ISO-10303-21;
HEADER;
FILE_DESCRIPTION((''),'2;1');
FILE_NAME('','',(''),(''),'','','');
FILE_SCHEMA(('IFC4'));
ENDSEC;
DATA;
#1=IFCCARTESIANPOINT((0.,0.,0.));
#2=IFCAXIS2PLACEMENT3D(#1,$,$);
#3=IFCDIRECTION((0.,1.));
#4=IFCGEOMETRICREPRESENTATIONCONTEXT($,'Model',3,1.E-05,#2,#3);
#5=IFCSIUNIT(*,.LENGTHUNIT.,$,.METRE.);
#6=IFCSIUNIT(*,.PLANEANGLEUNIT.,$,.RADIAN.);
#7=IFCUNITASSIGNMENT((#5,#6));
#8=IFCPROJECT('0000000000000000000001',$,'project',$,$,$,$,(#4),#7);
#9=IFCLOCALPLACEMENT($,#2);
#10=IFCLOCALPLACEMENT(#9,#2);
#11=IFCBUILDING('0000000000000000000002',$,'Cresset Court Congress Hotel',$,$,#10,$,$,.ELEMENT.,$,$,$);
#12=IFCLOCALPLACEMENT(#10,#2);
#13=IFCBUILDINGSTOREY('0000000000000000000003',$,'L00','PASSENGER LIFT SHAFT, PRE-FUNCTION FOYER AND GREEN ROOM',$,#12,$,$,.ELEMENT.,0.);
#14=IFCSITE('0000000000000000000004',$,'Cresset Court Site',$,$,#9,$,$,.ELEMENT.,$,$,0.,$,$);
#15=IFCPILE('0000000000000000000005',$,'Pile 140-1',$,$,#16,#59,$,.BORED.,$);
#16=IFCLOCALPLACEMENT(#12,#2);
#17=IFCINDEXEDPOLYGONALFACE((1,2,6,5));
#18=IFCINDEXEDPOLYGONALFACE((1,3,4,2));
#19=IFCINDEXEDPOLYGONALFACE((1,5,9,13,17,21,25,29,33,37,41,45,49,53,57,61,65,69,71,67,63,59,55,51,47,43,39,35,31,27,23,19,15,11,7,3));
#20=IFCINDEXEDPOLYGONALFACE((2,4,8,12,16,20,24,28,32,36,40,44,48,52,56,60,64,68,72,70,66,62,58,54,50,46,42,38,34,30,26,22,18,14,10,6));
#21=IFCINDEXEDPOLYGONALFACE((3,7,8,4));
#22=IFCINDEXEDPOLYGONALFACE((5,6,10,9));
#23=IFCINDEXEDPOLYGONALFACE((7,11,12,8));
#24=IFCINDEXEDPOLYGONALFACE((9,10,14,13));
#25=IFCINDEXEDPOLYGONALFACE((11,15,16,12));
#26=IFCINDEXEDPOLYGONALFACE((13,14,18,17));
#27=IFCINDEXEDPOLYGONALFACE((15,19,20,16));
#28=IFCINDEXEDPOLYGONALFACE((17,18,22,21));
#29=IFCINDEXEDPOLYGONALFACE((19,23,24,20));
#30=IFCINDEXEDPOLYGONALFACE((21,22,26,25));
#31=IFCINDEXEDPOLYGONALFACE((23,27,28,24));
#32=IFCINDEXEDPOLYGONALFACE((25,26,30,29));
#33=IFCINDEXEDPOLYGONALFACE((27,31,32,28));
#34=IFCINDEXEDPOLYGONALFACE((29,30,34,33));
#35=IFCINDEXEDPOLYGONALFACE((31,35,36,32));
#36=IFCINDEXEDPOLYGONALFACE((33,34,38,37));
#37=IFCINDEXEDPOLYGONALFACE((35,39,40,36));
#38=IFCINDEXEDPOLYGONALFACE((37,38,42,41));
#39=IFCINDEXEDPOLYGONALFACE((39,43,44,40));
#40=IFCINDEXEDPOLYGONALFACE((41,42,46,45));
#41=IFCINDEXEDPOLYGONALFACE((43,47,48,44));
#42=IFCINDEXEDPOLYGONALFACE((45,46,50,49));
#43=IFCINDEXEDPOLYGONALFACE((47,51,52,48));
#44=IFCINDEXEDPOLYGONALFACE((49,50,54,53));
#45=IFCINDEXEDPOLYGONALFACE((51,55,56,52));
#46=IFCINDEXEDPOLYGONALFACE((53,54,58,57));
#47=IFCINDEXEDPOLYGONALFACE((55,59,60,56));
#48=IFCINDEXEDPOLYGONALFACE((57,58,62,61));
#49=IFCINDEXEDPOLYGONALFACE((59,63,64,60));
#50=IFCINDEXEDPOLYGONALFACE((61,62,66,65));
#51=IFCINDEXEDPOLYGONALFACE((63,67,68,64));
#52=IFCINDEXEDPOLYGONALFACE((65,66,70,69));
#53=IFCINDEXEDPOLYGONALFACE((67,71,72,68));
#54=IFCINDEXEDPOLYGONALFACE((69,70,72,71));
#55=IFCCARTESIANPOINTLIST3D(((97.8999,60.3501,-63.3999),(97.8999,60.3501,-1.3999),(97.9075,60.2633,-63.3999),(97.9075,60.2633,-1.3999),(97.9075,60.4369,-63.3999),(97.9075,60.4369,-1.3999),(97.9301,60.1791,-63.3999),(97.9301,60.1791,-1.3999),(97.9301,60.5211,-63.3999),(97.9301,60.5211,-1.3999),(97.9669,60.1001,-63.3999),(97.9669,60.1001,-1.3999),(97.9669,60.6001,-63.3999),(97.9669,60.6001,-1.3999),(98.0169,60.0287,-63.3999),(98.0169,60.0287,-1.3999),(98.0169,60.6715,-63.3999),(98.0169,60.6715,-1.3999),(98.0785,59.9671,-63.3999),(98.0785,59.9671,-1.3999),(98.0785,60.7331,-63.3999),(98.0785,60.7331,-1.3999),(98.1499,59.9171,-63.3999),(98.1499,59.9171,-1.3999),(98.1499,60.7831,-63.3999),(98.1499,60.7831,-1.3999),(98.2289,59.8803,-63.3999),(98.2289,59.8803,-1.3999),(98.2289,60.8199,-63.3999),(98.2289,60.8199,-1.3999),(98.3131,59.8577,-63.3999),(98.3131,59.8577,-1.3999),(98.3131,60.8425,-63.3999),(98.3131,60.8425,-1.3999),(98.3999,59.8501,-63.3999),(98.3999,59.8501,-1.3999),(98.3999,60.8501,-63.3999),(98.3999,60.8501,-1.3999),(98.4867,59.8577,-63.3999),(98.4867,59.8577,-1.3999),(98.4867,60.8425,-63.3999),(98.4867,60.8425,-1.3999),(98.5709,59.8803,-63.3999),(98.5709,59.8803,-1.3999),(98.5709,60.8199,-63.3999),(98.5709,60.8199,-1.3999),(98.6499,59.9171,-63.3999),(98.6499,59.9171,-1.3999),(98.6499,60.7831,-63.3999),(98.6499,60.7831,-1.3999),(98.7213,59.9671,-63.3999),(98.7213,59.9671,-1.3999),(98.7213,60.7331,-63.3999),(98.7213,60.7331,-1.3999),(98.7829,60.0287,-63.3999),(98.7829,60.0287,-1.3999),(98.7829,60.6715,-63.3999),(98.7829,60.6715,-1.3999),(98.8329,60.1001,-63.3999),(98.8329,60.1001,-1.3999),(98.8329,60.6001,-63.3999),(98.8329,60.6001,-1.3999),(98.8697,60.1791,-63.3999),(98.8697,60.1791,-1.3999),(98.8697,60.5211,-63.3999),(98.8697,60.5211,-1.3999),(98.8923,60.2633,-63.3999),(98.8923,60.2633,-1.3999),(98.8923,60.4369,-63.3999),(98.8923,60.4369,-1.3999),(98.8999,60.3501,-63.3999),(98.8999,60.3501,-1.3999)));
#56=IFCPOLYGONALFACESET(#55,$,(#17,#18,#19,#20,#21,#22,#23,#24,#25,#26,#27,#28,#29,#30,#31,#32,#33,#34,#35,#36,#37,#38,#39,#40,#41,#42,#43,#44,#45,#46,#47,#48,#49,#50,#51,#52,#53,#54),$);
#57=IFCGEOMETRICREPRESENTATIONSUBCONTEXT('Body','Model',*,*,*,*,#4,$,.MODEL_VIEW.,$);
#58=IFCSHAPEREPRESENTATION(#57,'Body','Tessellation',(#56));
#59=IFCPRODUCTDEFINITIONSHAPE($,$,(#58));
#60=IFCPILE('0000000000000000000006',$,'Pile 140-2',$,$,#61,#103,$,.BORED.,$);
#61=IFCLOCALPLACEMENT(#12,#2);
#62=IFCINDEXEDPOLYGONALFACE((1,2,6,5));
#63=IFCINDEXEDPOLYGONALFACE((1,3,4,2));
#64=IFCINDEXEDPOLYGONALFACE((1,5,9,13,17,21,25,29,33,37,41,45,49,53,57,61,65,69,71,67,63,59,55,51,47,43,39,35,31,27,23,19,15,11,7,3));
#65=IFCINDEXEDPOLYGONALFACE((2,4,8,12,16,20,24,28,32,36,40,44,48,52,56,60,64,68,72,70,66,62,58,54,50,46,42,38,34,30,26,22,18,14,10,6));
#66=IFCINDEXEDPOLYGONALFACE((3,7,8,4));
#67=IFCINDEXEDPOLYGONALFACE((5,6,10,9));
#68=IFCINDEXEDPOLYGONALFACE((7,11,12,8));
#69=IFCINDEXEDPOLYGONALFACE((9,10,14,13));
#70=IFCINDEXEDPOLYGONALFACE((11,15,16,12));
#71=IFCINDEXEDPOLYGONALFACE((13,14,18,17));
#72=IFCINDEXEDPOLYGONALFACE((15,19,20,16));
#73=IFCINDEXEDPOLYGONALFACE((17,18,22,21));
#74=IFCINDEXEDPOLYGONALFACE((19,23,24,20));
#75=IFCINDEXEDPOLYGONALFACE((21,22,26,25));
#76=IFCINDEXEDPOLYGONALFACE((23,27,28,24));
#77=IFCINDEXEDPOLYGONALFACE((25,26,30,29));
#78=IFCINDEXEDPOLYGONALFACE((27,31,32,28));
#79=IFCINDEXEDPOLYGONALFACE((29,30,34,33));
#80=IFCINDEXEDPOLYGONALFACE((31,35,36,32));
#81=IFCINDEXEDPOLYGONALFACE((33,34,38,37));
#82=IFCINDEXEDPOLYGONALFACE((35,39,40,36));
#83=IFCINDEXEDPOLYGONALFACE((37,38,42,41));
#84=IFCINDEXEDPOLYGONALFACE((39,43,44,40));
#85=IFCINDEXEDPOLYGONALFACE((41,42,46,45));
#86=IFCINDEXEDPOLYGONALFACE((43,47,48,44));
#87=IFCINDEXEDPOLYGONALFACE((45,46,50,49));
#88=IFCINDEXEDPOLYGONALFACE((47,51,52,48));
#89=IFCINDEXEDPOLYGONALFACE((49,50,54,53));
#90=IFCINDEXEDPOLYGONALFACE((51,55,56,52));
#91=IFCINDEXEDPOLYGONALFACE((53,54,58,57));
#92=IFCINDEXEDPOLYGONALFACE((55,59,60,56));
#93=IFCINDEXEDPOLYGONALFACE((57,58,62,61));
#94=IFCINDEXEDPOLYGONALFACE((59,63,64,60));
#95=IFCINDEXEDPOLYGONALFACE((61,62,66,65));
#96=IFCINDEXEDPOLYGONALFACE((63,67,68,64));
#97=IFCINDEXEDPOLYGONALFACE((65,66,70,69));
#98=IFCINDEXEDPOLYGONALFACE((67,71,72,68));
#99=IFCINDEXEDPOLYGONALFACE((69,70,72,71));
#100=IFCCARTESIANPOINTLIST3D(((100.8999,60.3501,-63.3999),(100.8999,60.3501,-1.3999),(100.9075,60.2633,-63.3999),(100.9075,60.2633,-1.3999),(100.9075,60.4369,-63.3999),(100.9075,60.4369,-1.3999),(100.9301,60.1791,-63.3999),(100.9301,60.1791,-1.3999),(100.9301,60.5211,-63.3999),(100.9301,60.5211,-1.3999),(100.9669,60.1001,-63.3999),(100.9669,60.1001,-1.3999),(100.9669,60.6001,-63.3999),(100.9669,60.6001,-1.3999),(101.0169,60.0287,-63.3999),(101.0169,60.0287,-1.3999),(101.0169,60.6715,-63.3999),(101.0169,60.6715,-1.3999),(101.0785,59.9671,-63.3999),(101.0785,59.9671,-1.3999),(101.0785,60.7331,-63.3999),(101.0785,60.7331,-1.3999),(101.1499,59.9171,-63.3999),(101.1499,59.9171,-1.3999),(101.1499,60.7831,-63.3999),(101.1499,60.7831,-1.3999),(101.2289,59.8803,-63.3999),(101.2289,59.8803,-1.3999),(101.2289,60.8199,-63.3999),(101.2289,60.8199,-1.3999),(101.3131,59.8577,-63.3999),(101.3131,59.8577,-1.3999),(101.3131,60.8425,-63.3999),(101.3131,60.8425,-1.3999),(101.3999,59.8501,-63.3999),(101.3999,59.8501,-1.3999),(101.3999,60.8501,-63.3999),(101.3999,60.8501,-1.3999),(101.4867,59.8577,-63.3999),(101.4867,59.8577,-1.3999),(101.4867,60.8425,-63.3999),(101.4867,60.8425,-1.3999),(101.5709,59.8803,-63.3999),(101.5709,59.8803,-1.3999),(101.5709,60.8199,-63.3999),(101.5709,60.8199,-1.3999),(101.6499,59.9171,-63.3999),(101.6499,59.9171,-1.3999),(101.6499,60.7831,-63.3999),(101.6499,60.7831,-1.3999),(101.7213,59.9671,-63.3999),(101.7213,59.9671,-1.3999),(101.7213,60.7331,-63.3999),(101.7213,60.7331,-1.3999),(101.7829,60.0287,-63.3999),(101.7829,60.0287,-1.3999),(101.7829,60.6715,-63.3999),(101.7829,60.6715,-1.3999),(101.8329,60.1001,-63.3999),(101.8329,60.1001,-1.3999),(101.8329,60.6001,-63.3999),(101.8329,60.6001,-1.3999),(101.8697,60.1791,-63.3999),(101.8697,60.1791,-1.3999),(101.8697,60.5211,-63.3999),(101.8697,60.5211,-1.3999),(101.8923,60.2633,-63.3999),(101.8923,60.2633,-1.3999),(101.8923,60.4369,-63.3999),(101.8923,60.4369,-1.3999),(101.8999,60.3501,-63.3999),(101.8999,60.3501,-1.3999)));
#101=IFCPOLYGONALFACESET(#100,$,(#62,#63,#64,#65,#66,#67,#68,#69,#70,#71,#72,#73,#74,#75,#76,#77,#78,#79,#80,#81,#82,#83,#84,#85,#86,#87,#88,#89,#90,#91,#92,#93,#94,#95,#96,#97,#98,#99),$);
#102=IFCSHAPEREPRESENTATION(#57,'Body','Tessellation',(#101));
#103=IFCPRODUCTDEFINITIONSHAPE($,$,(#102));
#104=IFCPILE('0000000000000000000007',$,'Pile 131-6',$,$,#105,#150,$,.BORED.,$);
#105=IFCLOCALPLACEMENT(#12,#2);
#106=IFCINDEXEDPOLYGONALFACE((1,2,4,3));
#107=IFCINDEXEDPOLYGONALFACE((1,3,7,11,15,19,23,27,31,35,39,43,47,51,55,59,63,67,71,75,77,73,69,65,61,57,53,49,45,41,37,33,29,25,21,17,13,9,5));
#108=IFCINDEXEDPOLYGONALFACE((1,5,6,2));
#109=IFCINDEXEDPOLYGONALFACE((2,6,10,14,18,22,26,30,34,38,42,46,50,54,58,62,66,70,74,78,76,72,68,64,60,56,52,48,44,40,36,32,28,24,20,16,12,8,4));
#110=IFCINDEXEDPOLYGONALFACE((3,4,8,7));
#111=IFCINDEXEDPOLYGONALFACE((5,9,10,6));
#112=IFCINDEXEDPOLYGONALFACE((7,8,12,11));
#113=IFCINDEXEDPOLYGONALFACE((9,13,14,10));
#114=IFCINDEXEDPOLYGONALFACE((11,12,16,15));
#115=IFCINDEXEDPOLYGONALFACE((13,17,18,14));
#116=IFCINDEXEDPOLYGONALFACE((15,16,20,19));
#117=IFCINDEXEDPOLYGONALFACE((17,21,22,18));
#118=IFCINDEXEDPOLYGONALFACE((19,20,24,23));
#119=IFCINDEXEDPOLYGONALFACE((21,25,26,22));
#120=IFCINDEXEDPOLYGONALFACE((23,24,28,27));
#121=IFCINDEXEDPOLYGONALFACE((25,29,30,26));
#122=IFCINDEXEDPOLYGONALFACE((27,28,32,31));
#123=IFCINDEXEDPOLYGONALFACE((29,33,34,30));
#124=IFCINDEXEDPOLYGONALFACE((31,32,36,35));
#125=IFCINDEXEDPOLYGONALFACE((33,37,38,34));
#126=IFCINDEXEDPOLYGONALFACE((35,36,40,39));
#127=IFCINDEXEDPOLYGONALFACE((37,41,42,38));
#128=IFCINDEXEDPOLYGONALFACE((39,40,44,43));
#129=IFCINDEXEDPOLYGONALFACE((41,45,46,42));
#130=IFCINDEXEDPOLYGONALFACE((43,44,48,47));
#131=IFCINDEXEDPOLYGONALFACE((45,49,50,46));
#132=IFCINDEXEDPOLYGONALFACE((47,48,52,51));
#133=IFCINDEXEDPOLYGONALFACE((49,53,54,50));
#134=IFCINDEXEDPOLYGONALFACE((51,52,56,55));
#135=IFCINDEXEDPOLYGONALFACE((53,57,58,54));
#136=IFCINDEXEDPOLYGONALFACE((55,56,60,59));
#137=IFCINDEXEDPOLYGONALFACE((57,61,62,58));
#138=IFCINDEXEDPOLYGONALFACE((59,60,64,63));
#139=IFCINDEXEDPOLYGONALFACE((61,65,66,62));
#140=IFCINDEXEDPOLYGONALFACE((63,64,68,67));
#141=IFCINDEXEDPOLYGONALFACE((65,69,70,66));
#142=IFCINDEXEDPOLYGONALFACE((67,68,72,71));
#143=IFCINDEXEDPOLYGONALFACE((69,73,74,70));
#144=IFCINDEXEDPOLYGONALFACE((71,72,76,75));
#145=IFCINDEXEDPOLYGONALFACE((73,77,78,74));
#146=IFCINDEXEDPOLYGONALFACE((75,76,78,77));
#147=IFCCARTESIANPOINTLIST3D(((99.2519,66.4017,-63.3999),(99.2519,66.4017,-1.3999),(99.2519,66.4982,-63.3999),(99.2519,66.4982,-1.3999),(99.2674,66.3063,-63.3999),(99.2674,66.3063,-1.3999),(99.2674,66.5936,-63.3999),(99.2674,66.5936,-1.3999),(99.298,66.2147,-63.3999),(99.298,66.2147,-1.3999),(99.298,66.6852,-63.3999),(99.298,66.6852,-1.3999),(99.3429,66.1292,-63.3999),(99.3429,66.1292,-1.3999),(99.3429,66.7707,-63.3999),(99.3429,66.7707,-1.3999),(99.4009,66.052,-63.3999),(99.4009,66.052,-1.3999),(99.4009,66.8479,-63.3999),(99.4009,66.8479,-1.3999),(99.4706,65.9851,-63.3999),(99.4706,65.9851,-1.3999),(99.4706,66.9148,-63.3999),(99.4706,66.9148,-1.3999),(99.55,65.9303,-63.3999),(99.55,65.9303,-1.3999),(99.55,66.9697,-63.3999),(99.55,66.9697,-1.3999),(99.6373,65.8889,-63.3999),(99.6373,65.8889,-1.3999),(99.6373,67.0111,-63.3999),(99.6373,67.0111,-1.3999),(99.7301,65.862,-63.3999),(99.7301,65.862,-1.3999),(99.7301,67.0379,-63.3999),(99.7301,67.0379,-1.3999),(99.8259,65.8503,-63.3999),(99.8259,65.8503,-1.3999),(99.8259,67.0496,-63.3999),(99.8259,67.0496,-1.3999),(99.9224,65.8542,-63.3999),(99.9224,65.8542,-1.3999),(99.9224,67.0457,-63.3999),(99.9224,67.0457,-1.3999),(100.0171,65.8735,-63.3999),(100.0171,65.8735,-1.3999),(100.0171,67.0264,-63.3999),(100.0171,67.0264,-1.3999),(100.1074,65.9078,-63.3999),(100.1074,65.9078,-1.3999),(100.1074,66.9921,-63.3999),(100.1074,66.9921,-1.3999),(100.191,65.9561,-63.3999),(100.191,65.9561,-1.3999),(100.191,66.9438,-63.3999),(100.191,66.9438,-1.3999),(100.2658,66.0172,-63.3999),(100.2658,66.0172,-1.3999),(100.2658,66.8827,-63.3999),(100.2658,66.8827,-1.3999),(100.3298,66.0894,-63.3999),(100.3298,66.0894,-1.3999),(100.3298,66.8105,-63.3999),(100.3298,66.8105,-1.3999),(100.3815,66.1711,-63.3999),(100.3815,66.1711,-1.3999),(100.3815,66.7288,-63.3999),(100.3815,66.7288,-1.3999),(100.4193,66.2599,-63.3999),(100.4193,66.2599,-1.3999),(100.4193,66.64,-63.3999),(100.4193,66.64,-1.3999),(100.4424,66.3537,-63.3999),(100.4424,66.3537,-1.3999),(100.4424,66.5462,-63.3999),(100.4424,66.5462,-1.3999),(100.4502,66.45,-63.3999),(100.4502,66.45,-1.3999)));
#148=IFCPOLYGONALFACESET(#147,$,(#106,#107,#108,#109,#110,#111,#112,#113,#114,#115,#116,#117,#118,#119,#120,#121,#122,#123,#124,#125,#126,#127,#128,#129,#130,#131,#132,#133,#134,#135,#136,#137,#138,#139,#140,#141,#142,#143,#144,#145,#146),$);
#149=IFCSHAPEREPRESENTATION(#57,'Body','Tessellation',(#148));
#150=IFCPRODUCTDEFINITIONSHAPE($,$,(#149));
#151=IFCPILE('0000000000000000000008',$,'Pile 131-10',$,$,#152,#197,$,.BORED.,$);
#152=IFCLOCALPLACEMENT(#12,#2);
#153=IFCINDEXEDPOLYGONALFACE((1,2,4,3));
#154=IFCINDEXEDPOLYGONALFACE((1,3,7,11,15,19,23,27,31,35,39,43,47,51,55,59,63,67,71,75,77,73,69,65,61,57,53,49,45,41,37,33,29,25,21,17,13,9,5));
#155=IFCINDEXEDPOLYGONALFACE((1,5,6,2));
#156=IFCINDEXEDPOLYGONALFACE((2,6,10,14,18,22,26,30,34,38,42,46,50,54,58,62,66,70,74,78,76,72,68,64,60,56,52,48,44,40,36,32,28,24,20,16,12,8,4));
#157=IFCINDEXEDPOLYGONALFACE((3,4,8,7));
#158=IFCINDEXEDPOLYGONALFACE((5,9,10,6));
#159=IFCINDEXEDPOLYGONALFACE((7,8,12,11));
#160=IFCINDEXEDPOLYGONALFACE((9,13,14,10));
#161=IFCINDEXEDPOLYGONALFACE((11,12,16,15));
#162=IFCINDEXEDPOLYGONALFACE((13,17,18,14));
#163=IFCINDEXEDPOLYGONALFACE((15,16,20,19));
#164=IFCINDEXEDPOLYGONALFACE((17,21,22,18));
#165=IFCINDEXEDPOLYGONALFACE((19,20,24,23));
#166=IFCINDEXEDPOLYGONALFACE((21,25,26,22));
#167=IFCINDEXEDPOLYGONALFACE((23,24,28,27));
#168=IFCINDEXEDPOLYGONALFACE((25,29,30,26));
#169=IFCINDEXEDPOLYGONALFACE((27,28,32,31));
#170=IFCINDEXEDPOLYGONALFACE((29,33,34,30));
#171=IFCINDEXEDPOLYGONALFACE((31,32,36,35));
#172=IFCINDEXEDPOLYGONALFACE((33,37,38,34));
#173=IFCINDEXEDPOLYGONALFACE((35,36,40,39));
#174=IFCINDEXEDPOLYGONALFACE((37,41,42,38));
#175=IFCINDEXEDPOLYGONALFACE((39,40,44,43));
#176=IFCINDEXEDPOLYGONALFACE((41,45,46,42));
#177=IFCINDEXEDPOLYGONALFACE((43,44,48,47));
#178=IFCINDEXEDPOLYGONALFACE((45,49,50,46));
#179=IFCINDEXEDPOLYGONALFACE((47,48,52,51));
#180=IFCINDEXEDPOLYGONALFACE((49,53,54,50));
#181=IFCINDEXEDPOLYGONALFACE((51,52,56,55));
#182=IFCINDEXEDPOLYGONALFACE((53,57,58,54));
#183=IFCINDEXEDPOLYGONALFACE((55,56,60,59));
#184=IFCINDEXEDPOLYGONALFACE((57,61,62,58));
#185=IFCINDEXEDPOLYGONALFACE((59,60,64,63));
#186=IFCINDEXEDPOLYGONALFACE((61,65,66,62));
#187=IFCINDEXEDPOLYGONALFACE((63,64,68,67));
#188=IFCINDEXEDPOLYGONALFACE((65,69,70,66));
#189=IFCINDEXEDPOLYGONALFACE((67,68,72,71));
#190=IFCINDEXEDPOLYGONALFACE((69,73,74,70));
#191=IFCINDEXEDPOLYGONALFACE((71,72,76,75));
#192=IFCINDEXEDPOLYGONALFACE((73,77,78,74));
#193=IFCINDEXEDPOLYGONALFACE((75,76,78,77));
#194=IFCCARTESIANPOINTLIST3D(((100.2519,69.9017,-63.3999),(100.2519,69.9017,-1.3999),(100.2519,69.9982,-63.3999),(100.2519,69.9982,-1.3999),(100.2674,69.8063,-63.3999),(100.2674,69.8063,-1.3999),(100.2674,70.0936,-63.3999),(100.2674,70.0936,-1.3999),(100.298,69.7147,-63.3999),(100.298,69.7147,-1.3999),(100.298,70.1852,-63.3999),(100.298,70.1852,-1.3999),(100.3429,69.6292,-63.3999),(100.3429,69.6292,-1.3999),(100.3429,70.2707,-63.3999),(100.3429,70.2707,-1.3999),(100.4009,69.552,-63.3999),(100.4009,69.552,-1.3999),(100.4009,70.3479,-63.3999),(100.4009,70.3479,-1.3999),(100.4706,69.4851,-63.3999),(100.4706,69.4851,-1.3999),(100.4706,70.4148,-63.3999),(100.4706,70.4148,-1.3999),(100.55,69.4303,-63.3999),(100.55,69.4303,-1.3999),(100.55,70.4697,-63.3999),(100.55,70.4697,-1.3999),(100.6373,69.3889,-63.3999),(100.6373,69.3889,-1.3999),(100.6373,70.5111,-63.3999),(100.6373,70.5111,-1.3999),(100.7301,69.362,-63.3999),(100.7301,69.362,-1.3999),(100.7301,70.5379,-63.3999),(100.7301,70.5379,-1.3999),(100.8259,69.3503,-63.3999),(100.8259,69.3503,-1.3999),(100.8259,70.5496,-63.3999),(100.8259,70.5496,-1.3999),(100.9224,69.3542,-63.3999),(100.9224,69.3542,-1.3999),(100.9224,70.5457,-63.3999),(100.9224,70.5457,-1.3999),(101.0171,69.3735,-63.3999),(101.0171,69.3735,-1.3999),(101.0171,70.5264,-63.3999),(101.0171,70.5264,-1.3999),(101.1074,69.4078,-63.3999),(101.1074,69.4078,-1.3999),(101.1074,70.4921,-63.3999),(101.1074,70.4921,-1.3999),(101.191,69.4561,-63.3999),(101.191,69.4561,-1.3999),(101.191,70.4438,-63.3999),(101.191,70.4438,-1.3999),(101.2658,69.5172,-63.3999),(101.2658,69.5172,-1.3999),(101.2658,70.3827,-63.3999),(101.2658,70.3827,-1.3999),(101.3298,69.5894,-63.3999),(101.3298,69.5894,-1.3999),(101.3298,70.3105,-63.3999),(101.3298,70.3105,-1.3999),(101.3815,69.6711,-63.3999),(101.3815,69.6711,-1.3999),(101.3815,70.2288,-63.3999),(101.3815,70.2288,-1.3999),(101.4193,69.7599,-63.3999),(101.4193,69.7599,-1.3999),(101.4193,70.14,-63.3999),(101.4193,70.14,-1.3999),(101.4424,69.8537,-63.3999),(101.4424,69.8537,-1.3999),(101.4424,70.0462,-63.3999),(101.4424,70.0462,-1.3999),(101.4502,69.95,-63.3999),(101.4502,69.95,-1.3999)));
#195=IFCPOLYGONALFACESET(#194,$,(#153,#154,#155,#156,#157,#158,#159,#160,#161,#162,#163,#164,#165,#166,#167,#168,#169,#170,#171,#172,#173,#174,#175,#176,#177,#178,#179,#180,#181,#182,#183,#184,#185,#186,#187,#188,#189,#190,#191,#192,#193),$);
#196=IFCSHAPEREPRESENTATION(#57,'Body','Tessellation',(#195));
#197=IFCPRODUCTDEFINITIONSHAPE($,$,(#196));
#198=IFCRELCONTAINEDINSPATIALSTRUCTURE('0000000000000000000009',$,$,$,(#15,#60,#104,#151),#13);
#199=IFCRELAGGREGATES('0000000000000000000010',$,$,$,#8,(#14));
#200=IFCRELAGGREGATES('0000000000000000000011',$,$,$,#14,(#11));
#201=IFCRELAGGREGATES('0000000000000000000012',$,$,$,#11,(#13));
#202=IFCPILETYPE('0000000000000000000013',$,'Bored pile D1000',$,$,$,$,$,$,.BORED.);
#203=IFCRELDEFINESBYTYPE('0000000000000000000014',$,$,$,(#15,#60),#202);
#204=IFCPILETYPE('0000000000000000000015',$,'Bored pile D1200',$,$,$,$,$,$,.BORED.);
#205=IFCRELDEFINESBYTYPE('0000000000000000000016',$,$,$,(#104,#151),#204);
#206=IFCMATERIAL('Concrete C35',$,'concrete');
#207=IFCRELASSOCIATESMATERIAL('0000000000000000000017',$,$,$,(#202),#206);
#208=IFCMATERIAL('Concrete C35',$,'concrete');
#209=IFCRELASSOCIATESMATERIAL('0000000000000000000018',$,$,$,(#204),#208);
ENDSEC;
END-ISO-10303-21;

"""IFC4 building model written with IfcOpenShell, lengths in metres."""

from ifc_helpers import new_model, si_unit, direction, frame, origin, origin_2d, place, context, subcontext, project, spatial, circle, extrude, material, type_object, element, save


model = new_model("IFC4")

# Units and contexts
model_context = context("Model", 3, precision=1e-05, world=origin(), true_north=direction((0.0, 1.0)))
body_context = subcontext(model_context, "Body", "Model", "MODEL_VIEW")
ifc_project = project(units=[si_unit("LENGTHUNIT", "METRE"), si_unit("PLANEANGLEUNIT", "RADIAN")], contexts=[model_context])

# Site, building, storey
site_placement = place(None, origin())
site = spatial("IfcSite", under=ifc_project, at=site_placement, Name="Cresset Court Site", CompositionType="ELEMENT", RefElevation=0.0)
building_placement = place(site_placement, origin())
building = spatial("IfcBuilding", under=site, at=building_placement, Name="Cresset Court Congress Hotel", CompositionType="ELEMENT")
storey_placement = place(building_placement, origin())
storey = spatial("IfcBuildingStorey", under=building, at=storey_placement, Name="L00", Description="PASSENGER LIFT SHAFT, PRE-FUNCTION FOYER AND GREEN ROOM", CompositionType="ELEMENT", Elevation=0.0)

# Piles
ifc_material_1 = material(Name="Concrete C35", Category="concrete")
pile_type_1 = type_object("IfcPileType", Name="Bored pile D1000", PredefinedType="BORED", material=ifc_material_1)
for number, where, z_axis, x_axis, name in (
    (1, (98.3999, 60.3501, -1.3999), (0.0, 0.0, -1.0), (1.0, 0.0, 0.0), "Pile 140-1"),
    (2, (101.3999, 60.3501, -1.3999), (0.0, 0.0, -1.0), (1.0, 0.0, 0.0), "Pile 140-2"),
):
    element("IfcPile", number, at=place(storey_placement, frame(where, z_axis=z_axis, x_axis=x_axis)), inside=storey, type_object=pile_type_1, Name=name, PredefinedType="BORED", context=body_context, shape_type="SweptSolid", body=[
        extrude(circle(Radius=0.5, at=origin_2d()), origin(), (0.0, 0.0, 1.0), 62.0),
    ])
ifc_material_2 = material(Name="Concrete C35", Category="concrete")
pile_type_2 = type_object("IfcPileType", Name="Bored pile D1200", PredefinedType="BORED", material=ifc_material_2)
for number, where, z_axis, x_axis, name in (
    (3, (99.8501, 66.45, -1.3999), (0.0, 0.0, -1.0), (1.0, 0.0, 0.0), "Pile 131-6"),
    (4, (100.8501, 69.95, -1.3999), (0.0, 0.0, -1.0), (1.0, 0.0, 0.0), "Pile 131-10"),
):
    element("IfcPile", number, at=place(storey_placement, frame(where, z_axis=z_axis, x_axis=x_axis)), inside=storey, type_object=pile_type_2, Name=name, PredefinedType="BORED", context=body_context, shape_type="SweptSolid", body=[
        extrude(circle(Radius=0.6001, at=origin_2d()), origin(), (0.0, 0.0, 1.0), 62.0),
    ])

save(model, "model.ifc")
